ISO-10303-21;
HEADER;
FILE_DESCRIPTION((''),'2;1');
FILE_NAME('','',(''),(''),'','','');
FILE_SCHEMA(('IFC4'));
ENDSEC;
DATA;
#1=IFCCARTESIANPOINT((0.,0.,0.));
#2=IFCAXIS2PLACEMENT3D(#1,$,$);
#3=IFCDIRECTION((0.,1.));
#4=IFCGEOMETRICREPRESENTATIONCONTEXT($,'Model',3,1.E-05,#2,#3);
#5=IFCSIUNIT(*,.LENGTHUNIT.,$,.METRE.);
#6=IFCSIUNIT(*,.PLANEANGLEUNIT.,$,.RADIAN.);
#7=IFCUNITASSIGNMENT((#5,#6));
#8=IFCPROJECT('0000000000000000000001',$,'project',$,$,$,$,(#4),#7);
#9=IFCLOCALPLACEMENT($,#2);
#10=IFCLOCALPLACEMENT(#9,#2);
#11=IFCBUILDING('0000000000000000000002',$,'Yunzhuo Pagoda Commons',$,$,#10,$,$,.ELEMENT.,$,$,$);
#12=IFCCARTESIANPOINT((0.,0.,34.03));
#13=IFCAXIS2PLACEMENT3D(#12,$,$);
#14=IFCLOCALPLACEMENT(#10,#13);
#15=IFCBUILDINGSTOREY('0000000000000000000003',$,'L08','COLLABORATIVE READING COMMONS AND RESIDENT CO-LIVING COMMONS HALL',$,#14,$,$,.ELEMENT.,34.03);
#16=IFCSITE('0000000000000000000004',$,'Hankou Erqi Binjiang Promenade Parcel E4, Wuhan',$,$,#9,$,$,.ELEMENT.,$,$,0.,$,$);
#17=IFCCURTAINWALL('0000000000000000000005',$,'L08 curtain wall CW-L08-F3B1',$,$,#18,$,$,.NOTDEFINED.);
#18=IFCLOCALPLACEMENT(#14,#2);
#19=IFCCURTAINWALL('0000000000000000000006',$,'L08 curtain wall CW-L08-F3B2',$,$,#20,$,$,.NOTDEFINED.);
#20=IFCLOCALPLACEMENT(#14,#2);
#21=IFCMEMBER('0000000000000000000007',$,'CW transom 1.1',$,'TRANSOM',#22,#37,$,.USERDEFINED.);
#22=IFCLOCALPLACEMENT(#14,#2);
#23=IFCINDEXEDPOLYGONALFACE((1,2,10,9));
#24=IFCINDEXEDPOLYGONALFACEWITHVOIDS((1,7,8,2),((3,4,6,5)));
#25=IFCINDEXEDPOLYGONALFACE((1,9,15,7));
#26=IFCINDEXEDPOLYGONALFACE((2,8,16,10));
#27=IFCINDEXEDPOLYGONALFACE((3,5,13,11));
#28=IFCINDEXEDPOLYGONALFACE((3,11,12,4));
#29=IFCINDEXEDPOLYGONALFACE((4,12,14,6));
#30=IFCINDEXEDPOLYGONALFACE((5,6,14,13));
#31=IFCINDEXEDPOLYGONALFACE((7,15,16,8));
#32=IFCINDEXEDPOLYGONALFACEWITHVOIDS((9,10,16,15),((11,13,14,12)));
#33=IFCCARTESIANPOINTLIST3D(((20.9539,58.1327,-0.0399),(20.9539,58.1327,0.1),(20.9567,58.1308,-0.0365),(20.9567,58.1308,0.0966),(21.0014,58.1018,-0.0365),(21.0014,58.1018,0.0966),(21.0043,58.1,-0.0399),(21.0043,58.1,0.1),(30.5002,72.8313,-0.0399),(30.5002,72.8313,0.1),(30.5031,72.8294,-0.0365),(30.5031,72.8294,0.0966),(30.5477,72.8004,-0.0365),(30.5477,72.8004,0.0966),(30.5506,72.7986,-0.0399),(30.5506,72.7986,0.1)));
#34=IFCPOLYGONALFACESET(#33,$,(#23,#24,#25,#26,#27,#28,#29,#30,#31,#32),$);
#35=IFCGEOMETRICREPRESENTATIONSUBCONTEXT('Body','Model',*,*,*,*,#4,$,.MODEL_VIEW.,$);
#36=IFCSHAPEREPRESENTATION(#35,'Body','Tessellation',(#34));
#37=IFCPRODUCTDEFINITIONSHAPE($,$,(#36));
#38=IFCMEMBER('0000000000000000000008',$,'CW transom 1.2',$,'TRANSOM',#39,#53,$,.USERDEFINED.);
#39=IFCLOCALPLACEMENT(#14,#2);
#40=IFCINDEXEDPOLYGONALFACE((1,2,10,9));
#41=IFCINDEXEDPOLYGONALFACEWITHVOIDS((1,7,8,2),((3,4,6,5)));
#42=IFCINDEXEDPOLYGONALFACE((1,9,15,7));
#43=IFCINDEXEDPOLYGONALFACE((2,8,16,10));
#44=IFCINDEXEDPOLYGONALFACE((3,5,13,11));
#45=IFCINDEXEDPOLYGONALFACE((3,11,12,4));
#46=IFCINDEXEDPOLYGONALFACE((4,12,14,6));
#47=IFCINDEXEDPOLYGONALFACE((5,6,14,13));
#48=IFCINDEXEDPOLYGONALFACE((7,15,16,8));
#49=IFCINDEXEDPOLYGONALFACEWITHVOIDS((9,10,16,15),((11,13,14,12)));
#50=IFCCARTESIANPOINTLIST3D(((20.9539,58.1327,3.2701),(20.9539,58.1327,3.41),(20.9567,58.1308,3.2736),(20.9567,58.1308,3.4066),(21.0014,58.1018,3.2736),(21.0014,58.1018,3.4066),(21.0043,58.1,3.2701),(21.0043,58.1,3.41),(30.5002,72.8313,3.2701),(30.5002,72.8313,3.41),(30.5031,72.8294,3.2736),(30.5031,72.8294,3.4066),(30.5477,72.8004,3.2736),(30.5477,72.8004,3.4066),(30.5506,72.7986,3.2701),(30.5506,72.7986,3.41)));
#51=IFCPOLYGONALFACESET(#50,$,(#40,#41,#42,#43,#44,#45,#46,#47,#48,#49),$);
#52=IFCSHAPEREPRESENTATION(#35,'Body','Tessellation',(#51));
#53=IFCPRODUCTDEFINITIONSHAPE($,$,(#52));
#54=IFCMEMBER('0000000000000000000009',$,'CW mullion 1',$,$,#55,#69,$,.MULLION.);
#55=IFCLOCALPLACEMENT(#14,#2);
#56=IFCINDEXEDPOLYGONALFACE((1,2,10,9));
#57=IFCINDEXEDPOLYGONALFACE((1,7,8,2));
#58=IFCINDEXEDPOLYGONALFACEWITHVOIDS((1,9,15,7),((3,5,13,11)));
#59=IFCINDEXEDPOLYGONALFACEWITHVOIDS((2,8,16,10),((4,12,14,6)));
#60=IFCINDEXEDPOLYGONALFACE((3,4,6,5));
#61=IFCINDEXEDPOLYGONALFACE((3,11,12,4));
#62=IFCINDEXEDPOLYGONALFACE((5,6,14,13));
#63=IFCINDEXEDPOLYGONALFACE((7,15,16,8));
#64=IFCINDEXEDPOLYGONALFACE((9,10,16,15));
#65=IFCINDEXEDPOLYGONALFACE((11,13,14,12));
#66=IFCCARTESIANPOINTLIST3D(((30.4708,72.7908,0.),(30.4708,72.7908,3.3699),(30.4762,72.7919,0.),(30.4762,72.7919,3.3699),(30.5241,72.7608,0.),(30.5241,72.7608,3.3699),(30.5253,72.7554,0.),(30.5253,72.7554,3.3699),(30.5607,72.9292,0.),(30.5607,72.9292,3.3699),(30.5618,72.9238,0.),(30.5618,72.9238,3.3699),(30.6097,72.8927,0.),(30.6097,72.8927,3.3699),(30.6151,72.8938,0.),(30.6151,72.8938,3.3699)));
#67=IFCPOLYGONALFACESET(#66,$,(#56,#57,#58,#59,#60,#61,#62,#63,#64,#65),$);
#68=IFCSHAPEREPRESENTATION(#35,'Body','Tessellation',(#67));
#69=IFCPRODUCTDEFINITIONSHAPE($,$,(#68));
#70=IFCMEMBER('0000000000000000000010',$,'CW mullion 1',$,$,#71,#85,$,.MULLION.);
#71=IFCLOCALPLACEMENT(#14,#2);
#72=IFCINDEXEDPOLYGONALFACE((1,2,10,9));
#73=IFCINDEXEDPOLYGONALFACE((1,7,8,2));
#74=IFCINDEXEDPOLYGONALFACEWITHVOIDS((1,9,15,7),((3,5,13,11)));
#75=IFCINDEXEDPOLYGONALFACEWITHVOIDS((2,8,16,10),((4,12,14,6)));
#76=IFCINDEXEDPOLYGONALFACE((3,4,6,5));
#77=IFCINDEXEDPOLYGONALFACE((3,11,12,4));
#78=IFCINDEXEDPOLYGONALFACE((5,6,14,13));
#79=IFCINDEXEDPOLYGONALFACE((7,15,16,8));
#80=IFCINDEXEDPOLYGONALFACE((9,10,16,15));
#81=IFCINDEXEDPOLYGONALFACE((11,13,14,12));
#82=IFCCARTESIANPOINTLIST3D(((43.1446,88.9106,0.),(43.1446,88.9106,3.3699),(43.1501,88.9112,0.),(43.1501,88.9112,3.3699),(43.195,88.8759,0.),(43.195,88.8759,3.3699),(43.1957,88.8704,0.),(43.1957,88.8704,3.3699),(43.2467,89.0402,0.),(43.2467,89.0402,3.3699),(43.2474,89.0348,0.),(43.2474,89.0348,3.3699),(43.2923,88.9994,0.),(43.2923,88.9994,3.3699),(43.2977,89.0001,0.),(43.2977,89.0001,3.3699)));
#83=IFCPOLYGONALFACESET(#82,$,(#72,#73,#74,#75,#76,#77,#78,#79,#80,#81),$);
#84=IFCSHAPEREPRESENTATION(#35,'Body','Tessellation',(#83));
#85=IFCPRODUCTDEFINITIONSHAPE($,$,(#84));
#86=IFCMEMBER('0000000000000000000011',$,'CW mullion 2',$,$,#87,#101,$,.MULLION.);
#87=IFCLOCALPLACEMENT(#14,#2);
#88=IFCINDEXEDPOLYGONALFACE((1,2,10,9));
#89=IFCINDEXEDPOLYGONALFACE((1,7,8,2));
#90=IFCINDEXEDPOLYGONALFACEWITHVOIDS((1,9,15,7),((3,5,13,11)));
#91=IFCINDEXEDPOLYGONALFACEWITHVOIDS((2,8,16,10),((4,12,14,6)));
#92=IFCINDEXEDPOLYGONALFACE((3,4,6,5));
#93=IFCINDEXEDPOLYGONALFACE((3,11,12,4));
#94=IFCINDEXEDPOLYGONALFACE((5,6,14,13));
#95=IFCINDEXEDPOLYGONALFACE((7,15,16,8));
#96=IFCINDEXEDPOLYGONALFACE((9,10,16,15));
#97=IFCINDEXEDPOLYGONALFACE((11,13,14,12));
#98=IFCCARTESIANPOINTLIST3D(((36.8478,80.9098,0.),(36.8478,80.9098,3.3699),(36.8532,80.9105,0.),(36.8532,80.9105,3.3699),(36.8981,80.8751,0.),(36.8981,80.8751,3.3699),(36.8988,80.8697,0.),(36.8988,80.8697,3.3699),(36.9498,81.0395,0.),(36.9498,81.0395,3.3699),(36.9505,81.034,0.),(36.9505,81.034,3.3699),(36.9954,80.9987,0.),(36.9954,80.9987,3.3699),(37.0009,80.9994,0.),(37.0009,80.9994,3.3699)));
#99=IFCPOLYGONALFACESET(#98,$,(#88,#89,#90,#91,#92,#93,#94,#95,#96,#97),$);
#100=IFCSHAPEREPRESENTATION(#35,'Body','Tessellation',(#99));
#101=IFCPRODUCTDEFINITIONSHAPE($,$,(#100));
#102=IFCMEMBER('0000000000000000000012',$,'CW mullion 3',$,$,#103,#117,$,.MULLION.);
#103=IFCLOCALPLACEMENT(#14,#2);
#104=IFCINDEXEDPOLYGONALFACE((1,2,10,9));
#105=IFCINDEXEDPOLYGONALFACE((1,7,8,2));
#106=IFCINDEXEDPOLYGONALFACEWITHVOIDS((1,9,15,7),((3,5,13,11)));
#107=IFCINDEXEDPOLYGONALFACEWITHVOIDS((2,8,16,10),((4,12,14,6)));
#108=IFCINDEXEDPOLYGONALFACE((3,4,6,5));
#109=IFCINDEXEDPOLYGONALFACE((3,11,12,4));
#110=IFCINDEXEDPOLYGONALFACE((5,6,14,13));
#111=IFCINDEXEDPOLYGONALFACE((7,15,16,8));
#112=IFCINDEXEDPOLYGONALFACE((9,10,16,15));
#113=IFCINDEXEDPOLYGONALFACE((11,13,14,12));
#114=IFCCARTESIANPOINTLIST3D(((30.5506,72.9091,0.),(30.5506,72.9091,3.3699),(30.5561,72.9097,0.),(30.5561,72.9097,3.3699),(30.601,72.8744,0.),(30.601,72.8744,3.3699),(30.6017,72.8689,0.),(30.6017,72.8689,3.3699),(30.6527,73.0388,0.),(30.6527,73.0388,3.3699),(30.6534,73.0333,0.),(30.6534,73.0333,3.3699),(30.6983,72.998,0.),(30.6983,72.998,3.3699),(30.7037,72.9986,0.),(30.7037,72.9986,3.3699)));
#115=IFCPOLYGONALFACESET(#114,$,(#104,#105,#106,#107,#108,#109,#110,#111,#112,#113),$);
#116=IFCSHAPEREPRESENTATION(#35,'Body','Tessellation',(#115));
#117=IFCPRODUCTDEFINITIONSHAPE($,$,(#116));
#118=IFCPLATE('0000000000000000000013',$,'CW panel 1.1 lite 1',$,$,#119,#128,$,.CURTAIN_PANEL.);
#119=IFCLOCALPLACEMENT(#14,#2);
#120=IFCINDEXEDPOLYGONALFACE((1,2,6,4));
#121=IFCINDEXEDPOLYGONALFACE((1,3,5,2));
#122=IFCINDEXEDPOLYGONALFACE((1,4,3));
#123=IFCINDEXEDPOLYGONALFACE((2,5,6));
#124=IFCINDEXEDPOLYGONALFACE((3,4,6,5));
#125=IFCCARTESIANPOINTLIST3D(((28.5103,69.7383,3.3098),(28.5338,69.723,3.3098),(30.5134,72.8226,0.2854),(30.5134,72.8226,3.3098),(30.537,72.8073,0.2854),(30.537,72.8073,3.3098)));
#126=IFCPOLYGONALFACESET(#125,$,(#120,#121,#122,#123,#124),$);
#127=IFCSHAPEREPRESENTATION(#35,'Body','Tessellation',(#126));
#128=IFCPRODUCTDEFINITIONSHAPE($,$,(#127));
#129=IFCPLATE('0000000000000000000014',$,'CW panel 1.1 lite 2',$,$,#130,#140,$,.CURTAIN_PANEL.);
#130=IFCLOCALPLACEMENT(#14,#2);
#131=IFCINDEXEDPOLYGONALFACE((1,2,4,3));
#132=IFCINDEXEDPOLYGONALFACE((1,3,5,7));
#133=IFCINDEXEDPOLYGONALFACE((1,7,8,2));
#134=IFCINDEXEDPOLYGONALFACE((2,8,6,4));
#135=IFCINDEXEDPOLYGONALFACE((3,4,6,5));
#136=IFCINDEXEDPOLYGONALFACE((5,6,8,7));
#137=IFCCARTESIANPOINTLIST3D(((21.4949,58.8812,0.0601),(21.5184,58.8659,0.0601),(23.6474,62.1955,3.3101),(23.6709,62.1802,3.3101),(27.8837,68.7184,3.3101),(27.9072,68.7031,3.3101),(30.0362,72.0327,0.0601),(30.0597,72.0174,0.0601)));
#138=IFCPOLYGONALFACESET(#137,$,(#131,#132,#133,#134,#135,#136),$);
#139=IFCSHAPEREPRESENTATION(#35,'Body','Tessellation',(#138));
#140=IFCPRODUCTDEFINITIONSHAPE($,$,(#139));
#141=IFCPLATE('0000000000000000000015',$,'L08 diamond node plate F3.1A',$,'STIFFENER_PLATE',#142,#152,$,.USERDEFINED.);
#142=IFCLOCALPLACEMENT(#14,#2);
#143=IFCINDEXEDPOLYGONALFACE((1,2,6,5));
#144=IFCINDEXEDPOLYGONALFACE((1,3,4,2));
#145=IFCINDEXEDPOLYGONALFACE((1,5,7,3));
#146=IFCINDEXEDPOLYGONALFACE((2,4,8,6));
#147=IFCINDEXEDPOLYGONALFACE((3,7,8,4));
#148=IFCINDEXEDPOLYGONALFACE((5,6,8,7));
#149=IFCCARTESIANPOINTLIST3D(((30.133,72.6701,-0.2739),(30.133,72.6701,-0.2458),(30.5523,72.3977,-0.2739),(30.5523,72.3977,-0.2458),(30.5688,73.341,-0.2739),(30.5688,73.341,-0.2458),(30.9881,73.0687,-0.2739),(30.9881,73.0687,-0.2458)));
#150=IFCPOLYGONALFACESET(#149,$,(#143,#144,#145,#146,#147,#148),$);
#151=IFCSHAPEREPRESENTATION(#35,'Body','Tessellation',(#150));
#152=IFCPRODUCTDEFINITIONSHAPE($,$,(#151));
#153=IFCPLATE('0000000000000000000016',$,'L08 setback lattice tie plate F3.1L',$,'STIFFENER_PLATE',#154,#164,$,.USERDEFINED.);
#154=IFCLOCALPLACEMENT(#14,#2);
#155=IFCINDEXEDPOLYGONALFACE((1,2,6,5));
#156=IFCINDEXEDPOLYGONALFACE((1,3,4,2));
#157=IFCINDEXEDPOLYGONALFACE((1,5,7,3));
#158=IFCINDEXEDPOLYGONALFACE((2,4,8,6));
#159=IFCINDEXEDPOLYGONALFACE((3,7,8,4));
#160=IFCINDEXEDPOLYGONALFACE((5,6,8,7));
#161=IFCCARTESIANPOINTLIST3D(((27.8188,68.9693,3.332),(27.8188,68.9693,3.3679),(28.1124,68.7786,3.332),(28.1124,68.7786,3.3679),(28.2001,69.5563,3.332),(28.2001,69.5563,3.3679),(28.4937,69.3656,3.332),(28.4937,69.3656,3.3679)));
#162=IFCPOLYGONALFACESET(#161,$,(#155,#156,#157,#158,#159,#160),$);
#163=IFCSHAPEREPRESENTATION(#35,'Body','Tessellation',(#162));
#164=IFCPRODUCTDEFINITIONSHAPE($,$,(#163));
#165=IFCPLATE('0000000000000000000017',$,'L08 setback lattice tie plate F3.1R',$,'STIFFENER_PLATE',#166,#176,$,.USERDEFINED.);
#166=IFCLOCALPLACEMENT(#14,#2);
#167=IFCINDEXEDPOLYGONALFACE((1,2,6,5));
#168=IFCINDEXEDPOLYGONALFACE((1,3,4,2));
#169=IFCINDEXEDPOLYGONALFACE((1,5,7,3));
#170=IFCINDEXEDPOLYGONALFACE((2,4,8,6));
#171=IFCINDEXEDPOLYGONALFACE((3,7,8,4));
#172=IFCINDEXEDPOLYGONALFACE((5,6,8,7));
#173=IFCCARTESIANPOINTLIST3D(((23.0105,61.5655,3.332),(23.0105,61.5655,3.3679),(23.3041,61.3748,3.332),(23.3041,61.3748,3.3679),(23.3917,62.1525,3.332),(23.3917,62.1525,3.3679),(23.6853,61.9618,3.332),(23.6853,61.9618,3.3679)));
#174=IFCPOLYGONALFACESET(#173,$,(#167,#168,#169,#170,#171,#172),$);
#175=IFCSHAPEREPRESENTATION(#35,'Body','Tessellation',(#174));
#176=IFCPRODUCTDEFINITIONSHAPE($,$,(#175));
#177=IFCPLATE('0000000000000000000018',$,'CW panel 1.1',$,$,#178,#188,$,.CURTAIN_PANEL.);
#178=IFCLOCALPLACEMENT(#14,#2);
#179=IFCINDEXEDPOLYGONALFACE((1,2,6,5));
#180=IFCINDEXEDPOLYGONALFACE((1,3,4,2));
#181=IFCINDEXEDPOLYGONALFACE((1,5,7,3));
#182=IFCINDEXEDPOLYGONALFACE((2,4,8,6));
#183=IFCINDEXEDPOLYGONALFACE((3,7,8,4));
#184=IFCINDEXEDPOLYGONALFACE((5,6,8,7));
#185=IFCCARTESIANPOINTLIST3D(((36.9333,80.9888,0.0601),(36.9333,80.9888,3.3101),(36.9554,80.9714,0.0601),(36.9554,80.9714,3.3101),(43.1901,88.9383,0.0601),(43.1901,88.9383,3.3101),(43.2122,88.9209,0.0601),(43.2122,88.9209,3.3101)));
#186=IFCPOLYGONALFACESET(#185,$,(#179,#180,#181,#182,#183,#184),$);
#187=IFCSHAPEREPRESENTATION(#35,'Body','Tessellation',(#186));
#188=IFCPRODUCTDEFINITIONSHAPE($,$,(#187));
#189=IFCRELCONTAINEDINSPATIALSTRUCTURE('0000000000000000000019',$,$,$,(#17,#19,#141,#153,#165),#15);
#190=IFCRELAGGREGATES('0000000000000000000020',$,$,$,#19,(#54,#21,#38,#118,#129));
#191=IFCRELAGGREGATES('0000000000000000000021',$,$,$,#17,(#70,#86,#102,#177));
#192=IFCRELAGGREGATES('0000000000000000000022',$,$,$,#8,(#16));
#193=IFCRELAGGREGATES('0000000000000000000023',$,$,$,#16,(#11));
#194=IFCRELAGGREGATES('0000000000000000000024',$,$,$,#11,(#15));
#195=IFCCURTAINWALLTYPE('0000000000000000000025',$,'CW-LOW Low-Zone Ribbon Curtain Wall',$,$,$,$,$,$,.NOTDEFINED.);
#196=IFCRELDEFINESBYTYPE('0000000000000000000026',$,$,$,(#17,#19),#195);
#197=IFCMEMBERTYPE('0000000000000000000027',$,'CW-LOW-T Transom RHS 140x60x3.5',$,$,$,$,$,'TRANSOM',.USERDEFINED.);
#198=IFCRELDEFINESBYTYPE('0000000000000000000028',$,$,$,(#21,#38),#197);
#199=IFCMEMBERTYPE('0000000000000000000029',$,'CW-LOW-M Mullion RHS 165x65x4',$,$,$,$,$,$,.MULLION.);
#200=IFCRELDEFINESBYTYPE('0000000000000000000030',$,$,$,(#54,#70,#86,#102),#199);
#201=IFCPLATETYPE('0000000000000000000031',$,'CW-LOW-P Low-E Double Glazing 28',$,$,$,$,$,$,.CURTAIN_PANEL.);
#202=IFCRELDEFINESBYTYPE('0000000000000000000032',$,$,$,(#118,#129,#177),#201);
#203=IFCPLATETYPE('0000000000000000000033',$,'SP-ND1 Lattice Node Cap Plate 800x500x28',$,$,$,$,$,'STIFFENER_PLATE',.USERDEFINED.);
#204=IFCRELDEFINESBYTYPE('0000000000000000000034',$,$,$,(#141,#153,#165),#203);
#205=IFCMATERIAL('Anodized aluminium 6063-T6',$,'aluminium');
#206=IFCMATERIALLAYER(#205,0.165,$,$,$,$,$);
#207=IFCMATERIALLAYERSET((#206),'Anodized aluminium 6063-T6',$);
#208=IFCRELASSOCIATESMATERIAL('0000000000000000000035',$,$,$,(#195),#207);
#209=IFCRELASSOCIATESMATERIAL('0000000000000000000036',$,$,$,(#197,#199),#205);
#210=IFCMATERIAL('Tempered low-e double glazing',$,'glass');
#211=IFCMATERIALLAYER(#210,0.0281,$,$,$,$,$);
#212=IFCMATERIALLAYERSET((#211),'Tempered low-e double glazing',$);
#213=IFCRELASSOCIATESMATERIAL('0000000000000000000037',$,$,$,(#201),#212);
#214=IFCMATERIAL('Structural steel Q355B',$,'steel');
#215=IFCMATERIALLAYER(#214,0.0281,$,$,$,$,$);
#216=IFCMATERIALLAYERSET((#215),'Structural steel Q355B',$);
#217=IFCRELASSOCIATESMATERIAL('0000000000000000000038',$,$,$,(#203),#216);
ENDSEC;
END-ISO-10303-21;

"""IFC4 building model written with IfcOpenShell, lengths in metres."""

from ifc_helpers import new_model, si_unit, direction, frame, origin, origin_2d, place, context, subcontext, project, spatial, polyline, rectangle, hollow_rectangle, outline, extrude, source, transform, mapped, material, layer, layer_set, material_profile, profile_set, type_object, element, aggregate, save


model = new_model("IFC4")

# Units and contexts
model_context = context("Model", 3, precision=1e-05, world=origin(), true_north=direction((0.0, 1.0)))
body_context = subcontext(model_context, "Body", "Model", "MODEL_VIEW")
ifc_project = project(units=[si_unit("LENGTHUNIT", "METRE"), si_unit("PLANEANGLEUNIT", "RADIAN")], contexts=[model_context])

# Site, building, storey
site_placement = place(None, origin())
site = spatial("IfcSite", under=ifc_project, at=site_placement, Name="Hankou Erqi Binjiang Promenade Parcel E4, Wuhan", CompositionType="ELEMENT", RefElevation=0.0)
building_placement = place(site_placement, origin())
building = spatial("IfcBuilding", under=site, at=building_placement, Name="Yunzhuo Pagoda Commons", CompositionType="ELEMENT")
storey_placement = place(building_placement, frame((0.0, 0.0, 34.03)))
storey = spatial("IfcBuildingStorey", under=building, at=storey_placement, Name="L08", Description="COLLABORATIVE READING COMMONS AND RESIDENT CO-LIVING COMMONS HALL", CompositionType="ELEMENT", Elevation=34.03)

# Shared definitions
ifc_material_1 = material(Name="Structural steel Q355B", Category="steel")

# Curtain walls, members
ifc_material_2 = material(Name="Anodized aluminium 6063-T6", Category="aluminium")
ifc_layer_1 = layer(ifc_material_2, 0.165)
ifc_layer_set_1 = layer_set([ifc_layer_1], Name="Anodized aluminium 6063-T6")
curtain_wall_type = type_object("IfcCurtainWallType", Name="CW-LOW Low-Zone Ribbon Curtain Wall", PredefinedType="NOTDEFINED", material=ifc_layer_set_1)
curtain_wall_1_placement = place(storey_placement, origin())
curtain_wall_1 = element("IfcCurtainWall", 1, at=curtain_wall_1_placement, inside=storey, type_object=curtain_wall_type, Name="L08 curtain wall CW-L08-F3B1", PredefinedType="NOTDEFINED")
ifc_material_profile_1 = material_profile(ifc_material_2, hollow_rectangle(XDim=0.0601, YDim=0.1399, WallThickness=0.0034, at=origin_2d()), Name="Anodized aluminium 6063-T6")
ifc_profile_set_1 = profile_set([ifc_material_profile_1], Name="Anodized aluminium 6063-T6")
member_type_1 = type_object("IfcMemberType", Name="CW-LOW-T Transom RHS 140x60x3.5", ElementType="TRANSOM", PredefinedType="USERDEFINED", material=ifc_profile_set_1)
curtain_wall_2_placement = place(storey_placement, origin())
curtain_wall_2 = element("IfcCurtainWall", 2, at=curtain_wall_2_placement, inside=storey, type_object=curtain_wall_type, Name="L08 curtain wall CW-L08-F3B2", PredefinedType="NOTDEFINED")
shared_shape_1 = source(origin(), body_context, "Body", "SweptSolid", [
    extrude(hollow_rectangle(XDim=0.0601, YDim=0.1399, WallThickness=0.0034, at=origin_2d()), origin(), (0.0, 0.0, 1.0), 17.5266),
])
member_1_placement = place(storey_placement, frame((30.5254, 72.8149, 0.03), z_axis=(-0.544676, -0.838647, 0.0), x_axis=(0.838647, -0.544676, 0.0)))
member_1 = element("IfcMember", 3, at=member_1_placement, type_object=member_type_1, Name="CW transom 1.1", ObjectType="TRANSOM", PredefinedType="USERDEFINED", context=body_context, shape_type="MappedRepresentation", body=[
    mapped(shared_shape_1, transform((0.0, 0.0, 0.0), scale=1.0)),
])
member_2_placement = place(storey_placement, frame((30.5254, 72.8149, 3.3401), z_axis=(-0.544676, -0.838647, 0.0), x_axis=(0.838647, -0.544676, 0.0)))
member_2 = element("IfcMember", 4, at=member_2_placement, type_object=member_type_1, Name="CW transom 1.2", ObjectType="TRANSOM", PredefinedType="USERDEFINED", context=body_context, shape_type="MappedRepresentation", body=[
    mapped(shared_shape_1, transform((0.0, 0.0, 0.0), scale=1.0)),
])
ifc_material_profile_2 = material_profile(ifc_material_2, hollow_rectangle(XDim=0.0649, YDim=0.165, WallThickness=0.0039, at=origin_2d()), Name="Anodized aluminium 6063-T6")
ifc_profile_set_2 = profile_set([ifc_material_profile_2], Name="Anodized aluminium 6063-T6")
member_type_2 = type_object("IfcMemberType", Name="CW-LOW-M Mullion RHS 165x65x4", PredefinedType="MULLION", material=ifc_profile_set_2)
shared_shape_2 = source(origin(), body_context, "Body", "SweptSolid", [
    extrude(hollow_rectangle(XDim=0.0649, YDim=0.165, WallThickness=0.0039, at=origin_2d()), origin(), (0.0, 0.0, 1.0), 3.3699),
])
member_3_placement = place(storey_placement, frame((30.543, 72.8423, 0.0), z_axis=(0.0, 0.0, 1.0), x_axis=(0.838652, -0.544667, 0.0)))
member_3 = element("IfcMember", 5, at=member_3_placement, type_object=member_type_2, Name="CW mullion 1", PredefinedType="MULLION", context=body_context, shape_type="MappedRepresentation", body=[
    mapped(shared_shape_2, transform((0.0, 0.0, 0.0), scale=1.0)),
])

# Members
member_4_placement = place(storey_placement, frame((43.2212, 88.9553, 0.0), z_axis=(0.0, 0.0, 1.0), x_axis=(0.7858, -0.618481, 0.0)))
member_4 = element("IfcMember", 6, at=member_4_placement, type_object=member_type_2, Name="CW mullion 1", PredefinedType="MULLION", context=body_context, shape_type="MappedRepresentation", body=[
    mapped(shared_shape_2, transform((0.0, 0.0, 0.0), scale=1.0)),
])
member_5_placement = place(storey_placement, frame((36.9243, 80.9546, 0.0), z_axis=(0.0, 0.0, 1.0), x_axis=(0.7858, -0.618481, 0.0)))
member_5 = element("IfcMember", 7, at=member_5_placement, type_object=member_type_2, Name="CW mullion 2", PredefinedType="MULLION", context=body_context, shape_type="MappedRepresentation", body=[
    mapped(shared_shape_2, transform((0.0, 0.0, 0.0), scale=1.0)),
])
member_6_placement = place(storey_placement, frame((30.6272, 72.9539, 0.0), z_axis=(0.0, 0.0, 1.0), x_axis=(0.7858, -0.618481, 0.0)))
member_6 = element("IfcMember", 8, at=member_6_placement, type_object=member_type_2, Name="CW mullion 3", PredefinedType="MULLION", context=body_context, shape_type="MappedRepresentation", body=[
    mapped(shared_shape_2, transform((0.0, 0.0, 0.0), scale=1.0)),
])

# Plates
ifc_material_3 = material(Name="Tempered low-e double glazing", Category="glass")
ifc_layer_2 = layer(ifc_material_3, 0.0281)
ifc_layer_set_2 = layer_set([ifc_layer_2], Name="Tempered low-e double glazing")
plate_type_1 = type_object("IfcPlateType", Name="CW-LOW-P Low-E Double Glazing 28", PredefinedType="CURTAIN_PANEL", material=ifc_layer_set_2)
plate_1_placement = place(storey_placement, frame((29.5354, 71.2651, 1.7976), z_axis=(-0.838652, 0.544667, 0.0), x_axis=(-0.544667, -0.838652, 0.0)))
plate_1 = element("IfcPlate", 9, at=plate_1_placement, type_object=plate_type_1, Name="CW panel 1.1 lite 1", PredefinedType="CURTAIN_PANEL", context=body_context, shape_type="SweptSolid", body=[
    extrude(outline(polyline([(-1.8389, -1.5122), (1.8389, 1.5122), (-1.8389, 1.5122), (-1.8389, -1.5122)])), origin(), (0.0, 0.0, 1.0), 0.0281),
])
plate_2_placement = place(storey_placement, frame((25.7891, 65.4417, 1.6851), z_axis=(-0.838652, 0.544667, 0.0), x_axis=(-0.544667, -0.838652, 0.0)))
plate_2 = element("IfcPlate", 10, at=plate_2_placement, type_object=plate_type_1, Name="CW panel 1.1 lite 2", PredefinedType="CURTAIN_PANEL", context=body_context, shape_type="SweptSolid", body=[
    extrude(outline(polyline([(-7.8408, -1.625), (7.8408, -1.625), (3.8889, 1.625), (-3.8889, 1.625), (-7.8408, -1.625)])), origin(), (0.0, 0.0, 1.0), 0.0281),
])
aggregate(curtain_wall_2, [member_3, member_1, member_2, plate_1, plate_2])

# Plates
ifc_layer_3 = layer(ifc_material_1, 0.0281)
ifc_layer_set_3 = layer_set([ifc_layer_3], Name="Structural steel Q355B")
plate_type_2 = type_object("IfcPlateType", Name="SP-ND1 Lattice Node Cap Plate 800x500x28", ElementType="STIFFENER_PLATE", PredefinedType="USERDEFINED", material=ifc_layer_set_3)
shared_shape_3 = source(origin(), body_context, "Body", "SweptSolid", [
    extrude(rectangle(XDim=0.8, YDim=0.5, at=origin_2d()), origin(), (0.0, 0.0, 1.0), 0.0281),
])
plate_3_placement = place(storey_placement, frame((30.5605, 72.8694, -0.2739), z_axis=(0.0, 0.0, 1.0), x_axis=(-0.544668, -0.838652, 0.0)))
element("IfcPlate", 11, at=plate_3_placement, inside=storey, type_object=plate_type_2, Name="L08 diamond node plate F3.1A", ObjectType="STIFFENER_PLATE", PredefinedType="USERDEFINED", context=body_context, shape_type="MappedRepresentation", body=[
    mapped(shared_shape_3, transform((0.0, 0.0, 0.0), scale=1.0)),
])
shared_shape_4 = source(origin(), body_context, "Body", "SweptSolid", [
    extrude(rectangle(XDim=0.7, YDim=0.3501, at=origin_2d()), origin(), (0.0, 0.0, 1.0), 0.0359),
])
for number, where, z_axis, x_axis, name in (
    (12, (28.1562, 69.1675, 3.332), (0.0, 0.0, 1.0), (-0.544668, -0.838652, 0.0), "L08 setback lattice tie plate F3.1L"),
    (13, (23.3479, 61.7637, 3.332), (0.0, 0.0, 1.0), (-0.544668, -0.838652, 0.0), "L08 setback lattice tie plate F3.1R"),
):
    element("IfcPlate", number, at=place(storey_placement, frame(where, z_axis=z_axis, x_axis=x_axis)), inside=storey, type_object=plate_type_2, Name=name, ObjectType="STIFFENER_PLATE", PredefinedType="USERDEFINED", context=body_context, shape_type="MappedRepresentation", body=[
        mapped(shared_shape_4, transform((0.0, 0.0, 0.0), scale=1.0)),
    ])

# Plate
shared_shape_5 = source(origin(), body_context, "Body", "SweptSolid", [
    extrude(rectangle(XDim=10.1165, YDim=0.0281, at=origin_2d()), origin(), (0.0, 0.0, 1.0), 3.25),
])
plate_4_placement = place(storey_placement, frame((40.0728, 84.9548, 0.0601), z_axis=(0.0, 0.0, 1.0), x_axis=(-0.618481, -0.7858, 0.0)))
plate_4 = element("IfcPlate", 14, at=plate_4_placement, type_object=plate_type_1, Name="CW panel 1.1", PredefinedType="CURTAIN_PANEL", context=body_context, shape_type="MappedRepresentation", body=[
    mapped(shared_shape_5, transform((0.0, 0.0, 0.0), scale=1.0)),
])
aggregate(curtain_wall_1, [member_4, member_5, member_6, plate_4])

save(model, "model.ifc")
